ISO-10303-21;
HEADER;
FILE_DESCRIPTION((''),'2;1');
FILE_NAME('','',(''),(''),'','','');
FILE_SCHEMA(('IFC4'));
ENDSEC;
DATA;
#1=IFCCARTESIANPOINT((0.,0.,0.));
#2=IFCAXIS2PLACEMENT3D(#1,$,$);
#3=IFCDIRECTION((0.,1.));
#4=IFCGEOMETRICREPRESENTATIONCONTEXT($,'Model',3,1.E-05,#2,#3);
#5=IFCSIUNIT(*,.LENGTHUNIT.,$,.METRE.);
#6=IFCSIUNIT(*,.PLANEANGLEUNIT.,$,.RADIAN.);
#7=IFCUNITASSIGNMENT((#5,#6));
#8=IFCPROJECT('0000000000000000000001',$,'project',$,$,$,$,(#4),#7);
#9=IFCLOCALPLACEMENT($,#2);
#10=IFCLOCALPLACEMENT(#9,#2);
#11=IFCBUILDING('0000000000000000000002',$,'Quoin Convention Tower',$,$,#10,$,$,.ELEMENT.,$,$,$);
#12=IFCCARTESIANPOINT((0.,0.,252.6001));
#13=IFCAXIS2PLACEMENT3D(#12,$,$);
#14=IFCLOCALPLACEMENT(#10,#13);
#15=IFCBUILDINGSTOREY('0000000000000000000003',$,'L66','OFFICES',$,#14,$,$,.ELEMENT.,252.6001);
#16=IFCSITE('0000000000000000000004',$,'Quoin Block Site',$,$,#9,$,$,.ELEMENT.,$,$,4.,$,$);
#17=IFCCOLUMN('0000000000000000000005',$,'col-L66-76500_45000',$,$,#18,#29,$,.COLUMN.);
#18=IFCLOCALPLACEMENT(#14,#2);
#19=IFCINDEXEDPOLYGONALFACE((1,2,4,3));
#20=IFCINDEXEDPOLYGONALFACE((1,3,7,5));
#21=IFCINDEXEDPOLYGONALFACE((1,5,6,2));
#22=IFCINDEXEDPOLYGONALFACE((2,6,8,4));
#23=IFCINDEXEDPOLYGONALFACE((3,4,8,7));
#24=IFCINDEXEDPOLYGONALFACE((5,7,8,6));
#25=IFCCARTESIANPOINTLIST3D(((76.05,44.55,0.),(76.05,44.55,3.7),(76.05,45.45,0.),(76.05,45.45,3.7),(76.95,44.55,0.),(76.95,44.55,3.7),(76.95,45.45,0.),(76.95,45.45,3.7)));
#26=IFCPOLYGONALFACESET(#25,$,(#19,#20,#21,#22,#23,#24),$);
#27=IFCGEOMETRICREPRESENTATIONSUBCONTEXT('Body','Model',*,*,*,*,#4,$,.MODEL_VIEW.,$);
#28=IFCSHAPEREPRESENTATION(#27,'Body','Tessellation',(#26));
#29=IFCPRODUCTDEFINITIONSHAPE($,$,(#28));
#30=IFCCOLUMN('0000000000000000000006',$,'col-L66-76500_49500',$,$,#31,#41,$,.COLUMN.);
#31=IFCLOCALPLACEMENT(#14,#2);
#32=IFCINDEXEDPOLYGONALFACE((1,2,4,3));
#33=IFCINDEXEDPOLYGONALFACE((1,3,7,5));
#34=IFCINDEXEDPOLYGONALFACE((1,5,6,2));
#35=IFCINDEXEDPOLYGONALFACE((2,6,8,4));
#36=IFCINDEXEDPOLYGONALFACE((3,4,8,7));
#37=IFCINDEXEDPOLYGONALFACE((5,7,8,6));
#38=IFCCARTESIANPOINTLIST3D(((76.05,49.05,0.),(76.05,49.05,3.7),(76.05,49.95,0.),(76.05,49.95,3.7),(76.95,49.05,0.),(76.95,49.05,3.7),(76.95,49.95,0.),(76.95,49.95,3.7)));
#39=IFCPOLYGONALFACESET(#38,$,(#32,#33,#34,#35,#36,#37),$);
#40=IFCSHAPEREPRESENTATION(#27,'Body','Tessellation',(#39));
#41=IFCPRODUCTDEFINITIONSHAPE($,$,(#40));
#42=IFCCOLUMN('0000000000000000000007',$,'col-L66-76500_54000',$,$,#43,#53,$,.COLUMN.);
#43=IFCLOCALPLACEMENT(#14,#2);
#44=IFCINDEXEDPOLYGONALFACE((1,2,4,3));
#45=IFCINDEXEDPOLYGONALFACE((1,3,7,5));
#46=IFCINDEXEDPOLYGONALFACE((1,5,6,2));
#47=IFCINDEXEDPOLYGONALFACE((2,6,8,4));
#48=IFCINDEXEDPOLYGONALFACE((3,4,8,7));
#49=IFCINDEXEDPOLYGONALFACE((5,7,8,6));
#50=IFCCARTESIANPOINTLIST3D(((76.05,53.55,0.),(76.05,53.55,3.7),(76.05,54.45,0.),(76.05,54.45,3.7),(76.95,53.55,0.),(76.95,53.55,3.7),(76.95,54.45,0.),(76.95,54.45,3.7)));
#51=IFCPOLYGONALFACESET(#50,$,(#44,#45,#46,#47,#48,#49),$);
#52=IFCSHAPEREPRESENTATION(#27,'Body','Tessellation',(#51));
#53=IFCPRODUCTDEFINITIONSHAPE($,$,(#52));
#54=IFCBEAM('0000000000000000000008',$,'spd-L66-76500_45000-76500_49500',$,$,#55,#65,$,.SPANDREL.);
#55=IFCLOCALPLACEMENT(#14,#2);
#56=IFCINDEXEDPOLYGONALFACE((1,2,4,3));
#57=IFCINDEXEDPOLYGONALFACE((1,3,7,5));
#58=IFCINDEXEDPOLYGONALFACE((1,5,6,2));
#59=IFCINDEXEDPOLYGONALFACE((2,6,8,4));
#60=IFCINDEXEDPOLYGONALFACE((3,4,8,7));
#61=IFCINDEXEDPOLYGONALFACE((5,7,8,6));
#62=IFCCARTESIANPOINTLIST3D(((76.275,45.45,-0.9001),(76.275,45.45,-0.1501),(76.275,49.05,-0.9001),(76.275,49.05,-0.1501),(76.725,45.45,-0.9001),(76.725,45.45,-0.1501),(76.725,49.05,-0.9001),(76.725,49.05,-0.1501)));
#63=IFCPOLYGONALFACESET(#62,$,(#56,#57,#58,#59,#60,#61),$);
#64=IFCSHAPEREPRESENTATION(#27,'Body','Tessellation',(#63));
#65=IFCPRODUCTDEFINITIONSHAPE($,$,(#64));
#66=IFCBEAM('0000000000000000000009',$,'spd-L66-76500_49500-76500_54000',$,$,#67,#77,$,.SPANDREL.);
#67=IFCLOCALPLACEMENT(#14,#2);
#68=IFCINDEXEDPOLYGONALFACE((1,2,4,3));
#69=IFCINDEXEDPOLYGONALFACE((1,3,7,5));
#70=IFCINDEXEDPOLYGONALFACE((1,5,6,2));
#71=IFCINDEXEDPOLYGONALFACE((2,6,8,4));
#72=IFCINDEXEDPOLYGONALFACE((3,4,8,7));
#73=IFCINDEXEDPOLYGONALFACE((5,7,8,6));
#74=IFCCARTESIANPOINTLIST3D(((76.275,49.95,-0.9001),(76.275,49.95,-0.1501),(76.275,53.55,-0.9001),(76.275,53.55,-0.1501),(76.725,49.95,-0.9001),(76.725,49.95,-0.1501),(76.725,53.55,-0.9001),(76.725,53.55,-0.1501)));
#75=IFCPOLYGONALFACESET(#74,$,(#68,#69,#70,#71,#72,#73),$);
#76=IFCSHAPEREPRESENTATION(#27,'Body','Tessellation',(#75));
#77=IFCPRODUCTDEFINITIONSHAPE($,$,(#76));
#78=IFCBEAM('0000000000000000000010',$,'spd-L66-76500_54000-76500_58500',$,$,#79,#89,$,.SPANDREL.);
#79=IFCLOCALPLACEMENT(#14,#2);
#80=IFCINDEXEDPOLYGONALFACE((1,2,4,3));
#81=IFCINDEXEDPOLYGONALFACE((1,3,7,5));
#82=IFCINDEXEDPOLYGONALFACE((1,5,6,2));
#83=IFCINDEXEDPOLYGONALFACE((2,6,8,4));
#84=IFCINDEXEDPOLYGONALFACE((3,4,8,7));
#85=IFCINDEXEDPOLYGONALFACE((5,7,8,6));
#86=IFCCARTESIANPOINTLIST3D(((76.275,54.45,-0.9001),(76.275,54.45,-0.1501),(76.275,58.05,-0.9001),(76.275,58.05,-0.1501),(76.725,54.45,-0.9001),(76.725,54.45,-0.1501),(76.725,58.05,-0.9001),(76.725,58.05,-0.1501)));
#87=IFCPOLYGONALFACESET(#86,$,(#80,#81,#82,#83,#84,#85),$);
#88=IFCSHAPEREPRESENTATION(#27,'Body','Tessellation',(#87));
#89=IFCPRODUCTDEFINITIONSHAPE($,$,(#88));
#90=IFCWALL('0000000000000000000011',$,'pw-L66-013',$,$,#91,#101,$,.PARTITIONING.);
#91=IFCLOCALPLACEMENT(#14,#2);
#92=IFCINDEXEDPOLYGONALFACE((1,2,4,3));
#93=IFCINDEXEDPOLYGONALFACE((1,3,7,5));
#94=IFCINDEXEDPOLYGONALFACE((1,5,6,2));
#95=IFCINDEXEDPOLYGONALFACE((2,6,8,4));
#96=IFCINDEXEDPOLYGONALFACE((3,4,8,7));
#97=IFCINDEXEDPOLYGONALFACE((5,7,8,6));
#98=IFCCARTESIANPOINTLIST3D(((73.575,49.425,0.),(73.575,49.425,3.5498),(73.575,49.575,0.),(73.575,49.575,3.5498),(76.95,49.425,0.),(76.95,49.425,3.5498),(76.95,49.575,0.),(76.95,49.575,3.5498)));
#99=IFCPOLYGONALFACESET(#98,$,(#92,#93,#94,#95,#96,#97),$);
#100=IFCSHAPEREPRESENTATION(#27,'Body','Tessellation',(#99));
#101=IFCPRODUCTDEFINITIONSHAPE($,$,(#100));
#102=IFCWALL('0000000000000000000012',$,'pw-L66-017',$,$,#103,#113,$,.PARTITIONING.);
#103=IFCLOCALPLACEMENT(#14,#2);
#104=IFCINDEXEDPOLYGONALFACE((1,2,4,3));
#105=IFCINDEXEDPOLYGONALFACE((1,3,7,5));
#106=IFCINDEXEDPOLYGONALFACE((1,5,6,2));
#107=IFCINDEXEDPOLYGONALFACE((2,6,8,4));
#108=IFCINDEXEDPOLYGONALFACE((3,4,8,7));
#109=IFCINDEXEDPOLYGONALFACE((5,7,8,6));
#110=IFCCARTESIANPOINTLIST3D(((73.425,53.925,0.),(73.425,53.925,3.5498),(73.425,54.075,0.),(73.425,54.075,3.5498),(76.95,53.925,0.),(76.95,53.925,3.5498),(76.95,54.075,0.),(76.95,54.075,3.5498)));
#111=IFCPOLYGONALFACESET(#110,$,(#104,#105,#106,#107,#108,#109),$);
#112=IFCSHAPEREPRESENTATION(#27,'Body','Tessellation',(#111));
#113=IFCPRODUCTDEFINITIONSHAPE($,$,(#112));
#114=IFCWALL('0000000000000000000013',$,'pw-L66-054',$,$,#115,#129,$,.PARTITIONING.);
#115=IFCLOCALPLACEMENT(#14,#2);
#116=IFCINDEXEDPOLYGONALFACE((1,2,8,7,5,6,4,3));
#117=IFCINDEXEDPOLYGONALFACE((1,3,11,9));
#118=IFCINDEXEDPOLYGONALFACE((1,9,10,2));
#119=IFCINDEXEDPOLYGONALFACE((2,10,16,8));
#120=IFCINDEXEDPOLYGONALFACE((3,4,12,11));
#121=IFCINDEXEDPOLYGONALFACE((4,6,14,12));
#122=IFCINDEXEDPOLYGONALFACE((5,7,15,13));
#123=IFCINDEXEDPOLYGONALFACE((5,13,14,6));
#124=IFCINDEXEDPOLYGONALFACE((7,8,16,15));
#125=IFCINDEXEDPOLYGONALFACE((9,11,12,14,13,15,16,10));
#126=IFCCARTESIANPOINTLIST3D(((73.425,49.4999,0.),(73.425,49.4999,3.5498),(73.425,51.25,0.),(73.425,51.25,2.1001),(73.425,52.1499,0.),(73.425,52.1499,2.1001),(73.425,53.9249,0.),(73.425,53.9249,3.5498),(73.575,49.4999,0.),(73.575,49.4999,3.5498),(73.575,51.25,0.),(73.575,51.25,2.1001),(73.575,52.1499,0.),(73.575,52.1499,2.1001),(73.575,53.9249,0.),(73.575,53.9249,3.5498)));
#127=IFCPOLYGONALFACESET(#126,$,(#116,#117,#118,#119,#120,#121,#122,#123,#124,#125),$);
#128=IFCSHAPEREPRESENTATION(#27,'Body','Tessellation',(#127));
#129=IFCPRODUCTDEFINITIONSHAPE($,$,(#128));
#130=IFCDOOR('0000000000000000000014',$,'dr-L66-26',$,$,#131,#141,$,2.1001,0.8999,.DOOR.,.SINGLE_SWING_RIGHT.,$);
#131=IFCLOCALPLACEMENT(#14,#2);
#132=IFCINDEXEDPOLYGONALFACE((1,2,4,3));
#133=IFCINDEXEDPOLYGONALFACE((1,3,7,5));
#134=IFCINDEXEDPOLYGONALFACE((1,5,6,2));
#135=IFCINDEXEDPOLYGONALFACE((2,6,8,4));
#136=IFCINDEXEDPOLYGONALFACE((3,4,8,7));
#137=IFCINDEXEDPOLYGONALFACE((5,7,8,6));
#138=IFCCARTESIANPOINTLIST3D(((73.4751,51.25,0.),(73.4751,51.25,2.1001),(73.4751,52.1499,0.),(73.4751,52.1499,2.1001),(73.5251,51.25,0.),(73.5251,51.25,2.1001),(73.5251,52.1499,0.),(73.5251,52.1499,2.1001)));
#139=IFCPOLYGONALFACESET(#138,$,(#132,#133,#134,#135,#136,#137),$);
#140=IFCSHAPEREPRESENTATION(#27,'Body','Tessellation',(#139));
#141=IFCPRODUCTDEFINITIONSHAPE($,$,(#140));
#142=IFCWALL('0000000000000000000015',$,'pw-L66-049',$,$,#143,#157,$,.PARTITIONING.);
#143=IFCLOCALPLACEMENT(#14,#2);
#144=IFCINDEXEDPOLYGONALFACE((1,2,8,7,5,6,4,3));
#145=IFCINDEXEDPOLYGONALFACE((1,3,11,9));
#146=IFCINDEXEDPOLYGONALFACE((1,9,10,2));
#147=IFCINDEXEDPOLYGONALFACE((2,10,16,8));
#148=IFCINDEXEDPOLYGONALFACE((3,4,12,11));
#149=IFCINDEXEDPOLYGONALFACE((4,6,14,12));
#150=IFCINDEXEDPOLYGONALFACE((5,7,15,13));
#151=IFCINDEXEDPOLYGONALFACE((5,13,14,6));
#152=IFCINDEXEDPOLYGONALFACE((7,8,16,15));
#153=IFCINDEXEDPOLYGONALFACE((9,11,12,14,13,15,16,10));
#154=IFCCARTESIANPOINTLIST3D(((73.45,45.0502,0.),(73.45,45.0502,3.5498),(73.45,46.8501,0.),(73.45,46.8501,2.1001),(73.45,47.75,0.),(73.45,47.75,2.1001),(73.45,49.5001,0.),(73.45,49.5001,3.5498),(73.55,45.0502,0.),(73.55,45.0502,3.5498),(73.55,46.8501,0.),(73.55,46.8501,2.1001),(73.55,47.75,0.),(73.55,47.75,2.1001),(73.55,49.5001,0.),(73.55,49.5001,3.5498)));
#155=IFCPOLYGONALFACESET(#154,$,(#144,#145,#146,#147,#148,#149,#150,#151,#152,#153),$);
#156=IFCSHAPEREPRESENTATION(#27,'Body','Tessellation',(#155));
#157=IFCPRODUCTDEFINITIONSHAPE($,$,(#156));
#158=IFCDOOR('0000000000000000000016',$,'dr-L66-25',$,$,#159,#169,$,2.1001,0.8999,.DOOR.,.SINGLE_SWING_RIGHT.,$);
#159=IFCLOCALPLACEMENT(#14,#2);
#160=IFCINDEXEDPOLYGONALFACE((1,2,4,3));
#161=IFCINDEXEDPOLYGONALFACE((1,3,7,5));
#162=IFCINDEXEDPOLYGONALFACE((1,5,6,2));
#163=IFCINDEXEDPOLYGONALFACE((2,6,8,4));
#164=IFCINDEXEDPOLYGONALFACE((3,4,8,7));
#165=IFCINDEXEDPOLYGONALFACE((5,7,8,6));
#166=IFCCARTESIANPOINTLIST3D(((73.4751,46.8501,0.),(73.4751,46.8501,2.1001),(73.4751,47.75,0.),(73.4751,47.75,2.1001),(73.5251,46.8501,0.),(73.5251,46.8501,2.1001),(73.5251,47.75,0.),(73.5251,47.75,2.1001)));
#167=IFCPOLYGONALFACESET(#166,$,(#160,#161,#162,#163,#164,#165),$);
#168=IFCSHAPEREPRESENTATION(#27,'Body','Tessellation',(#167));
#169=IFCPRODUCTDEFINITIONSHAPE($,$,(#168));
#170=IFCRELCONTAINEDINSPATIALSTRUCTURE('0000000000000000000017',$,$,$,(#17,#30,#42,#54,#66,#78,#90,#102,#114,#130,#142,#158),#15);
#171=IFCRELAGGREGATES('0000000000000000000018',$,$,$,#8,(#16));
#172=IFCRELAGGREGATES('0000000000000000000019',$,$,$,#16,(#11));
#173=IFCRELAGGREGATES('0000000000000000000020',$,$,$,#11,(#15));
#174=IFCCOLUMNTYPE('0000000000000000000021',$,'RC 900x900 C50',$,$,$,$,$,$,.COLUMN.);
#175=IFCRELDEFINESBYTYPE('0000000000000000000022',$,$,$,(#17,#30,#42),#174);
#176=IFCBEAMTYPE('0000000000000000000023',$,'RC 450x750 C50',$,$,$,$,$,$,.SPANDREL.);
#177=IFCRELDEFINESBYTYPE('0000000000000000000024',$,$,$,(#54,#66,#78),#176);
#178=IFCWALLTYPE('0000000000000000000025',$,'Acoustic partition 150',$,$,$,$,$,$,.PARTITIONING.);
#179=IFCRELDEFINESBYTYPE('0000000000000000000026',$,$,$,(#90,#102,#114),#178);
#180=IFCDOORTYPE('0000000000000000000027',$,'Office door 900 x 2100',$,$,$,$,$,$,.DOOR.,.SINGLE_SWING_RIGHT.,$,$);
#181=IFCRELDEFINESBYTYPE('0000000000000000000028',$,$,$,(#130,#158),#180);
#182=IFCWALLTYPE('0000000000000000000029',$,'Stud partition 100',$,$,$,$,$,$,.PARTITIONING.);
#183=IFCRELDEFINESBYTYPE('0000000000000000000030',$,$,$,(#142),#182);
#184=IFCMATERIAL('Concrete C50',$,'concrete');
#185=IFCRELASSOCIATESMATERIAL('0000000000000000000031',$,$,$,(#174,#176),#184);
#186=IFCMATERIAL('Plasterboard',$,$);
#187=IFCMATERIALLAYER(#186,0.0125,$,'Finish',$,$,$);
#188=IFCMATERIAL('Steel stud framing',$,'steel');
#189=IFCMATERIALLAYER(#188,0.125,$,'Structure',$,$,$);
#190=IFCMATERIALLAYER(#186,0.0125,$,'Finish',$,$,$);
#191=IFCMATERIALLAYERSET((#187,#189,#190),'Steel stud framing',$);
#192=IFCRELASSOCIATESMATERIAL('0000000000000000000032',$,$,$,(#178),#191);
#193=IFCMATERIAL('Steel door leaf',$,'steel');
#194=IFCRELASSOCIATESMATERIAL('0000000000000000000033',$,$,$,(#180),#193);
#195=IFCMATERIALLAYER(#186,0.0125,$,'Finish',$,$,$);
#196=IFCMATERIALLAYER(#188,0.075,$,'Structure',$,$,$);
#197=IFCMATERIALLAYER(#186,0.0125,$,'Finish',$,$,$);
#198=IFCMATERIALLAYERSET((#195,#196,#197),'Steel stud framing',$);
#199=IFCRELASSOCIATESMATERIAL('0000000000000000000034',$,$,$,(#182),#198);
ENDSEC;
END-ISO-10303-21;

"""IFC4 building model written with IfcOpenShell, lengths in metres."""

from ifc_helpers import new_model, si_unit, direction, frame, frame_2d, origin, origin_2d, place, context, subcontext, project, spatial, rectangle, extrude, material, layer, layer_set, material_profile, profile_set, type_object, element, fill, save


model = new_model("IFC4")

# Units and contexts
model_context = context("Model", 3, precision=1e-05, world=origin(), true_north=direction((0.0, 1.0)))
body_context = subcontext(model_context, "Body", "Model", "MODEL_VIEW")
ifc_project = project(units=[si_unit("LENGTHUNIT", "METRE"), si_unit("PLANEANGLEUNIT", "RADIAN")], contexts=[model_context])

# Site, building, storey
site_placement = place(None, origin())
site = spatial("IfcSite", under=ifc_project, at=site_placement, Name="Quoin Block Site", CompositionType="ELEMENT", RefElevation=4.0)
building_placement = place(site_placement, origin())
building = spatial("IfcBuilding", under=site, at=building_placement, Name="Quoin Convention Tower", CompositionType="ELEMENT")
storey_placement = place(building_placement, frame((0.0, 0.0, 252.6001)))
storey = spatial("IfcBuildingStorey", under=building, at=storey_placement, Name="L66", Description="OFFICES", CompositionType="ELEMENT", Elevation=252.6001)

# Columns
ifc_material_1 = material(Name="Concrete C50", Category="concrete")
ifc_material_profile_1 = material_profile(ifc_material_1, rectangle(XDim=0.8999, YDim=0.8999, at=origin_2d()), Name="RC 900x900")
ifc_profile_set_1 = profile_set([ifc_material_profile_1], Name="Concrete C50")
column_type = type_object("IfcColumnType", Name="RC 900x900 C50", PredefinedType="COLUMN", material=ifc_profile_set_1)
for number, where, z_axis, x_axis, name in (
    (1, (76.5, 45.0, 0.0), (0.0, 0.0, 1.0), (1.0, 0.0, 0.0), "col-L66-76500_45000"),
    (2, (76.5, 49.5, 0.0), (0.0, 0.0, 1.0), (1.0, 0.0, 0.0), "col-L66-76500_49500"),
    (3, (76.5, 54.0, 0.0), (0.0, 0.0, 1.0), (1.0, 0.0, 0.0), "col-L66-76500_54000"),
):
    element("IfcColumn", number, at=place(storey_placement, frame(where, z_axis=z_axis, x_axis=x_axis)), inside=storey, type_object=column_type, Name=name, PredefinedType="COLUMN", context=body_context, shape_type="SweptSolid", body=[
        extrude(rectangle(XDim=0.8999, YDim=0.8999, at=origin_2d()), origin(), (0.0, 0.0, 1.0), 3.7),
    ])

# Beams
ifc_material_profile_2 = material_profile(ifc_material_1, rectangle(XDim=0.45, YDim=0.75, at=origin_2d()), Name="RC 450x750")
ifc_profile_set_2 = profile_set([ifc_material_profile_2], Name="Concrete C50")
beam_type = type_object("IfcBeamType", Name="RC 450x750 C50", PredefinedType="SPANDREL", material=ifc_profile_set_2)
for number, where, z_axis, x_axis, name in (
    (4, (76.5, 45.45, -0.5251), (0.0, 1.0, 0.0), (-1.0, 0.0, 0.0), "spd-L66-76500_45000-76500_49500"),
    (5, (76.5, 49.95, -0.5251), (0.0, 1.0, 0.0), (-1.0, 0.0, 0.0), "spd-L66-76500_49500-76500_54000"),
    (6, (76.5, 54.45, -0.5251), (0.0, 1.0, 0.0), (-1.0, 0.0, 0.0), "spd-L66-76500_54000-76500_58500"),
):
    element("IfcBeam", number, at=place(storey_placement, frame(where, z_axis=z_axis, x_axis=x_axis)), inside=storey, type_object=beam_type, Name=name, PredefinedType="SPANDREL", context=body_context, shape_type="SweptSolid", body=[
        extrude(rectangle(XDim=0.45, YDim=0.75, at=origin_2d()), origin(), (0.0, 0.0, 1.0), 3.6001),
    ])

# Walls
ifc_material_2 = material(Name="Plasterboard")
ifc_layer_1 = layer(ifc_material_2, 0.0125, Name="Finish")
ifc_material_3 = material(Name="Steel stud framing", Category="steel")
ifc_layer_2 = layer(ifc_material_3, 0.125, Name="Structure")
ifc_layer_3 = layer(ifc_material_2, 0.0125, Name="Finish")
ifc_layer_set_1 = layer_set([ifc_layer_1, ifc_layer_2, ifc_layer_3], Name="Steel stud framing")
wall_type_1 = type_object("IfcWallType", Name="Acoustic partition 150", PredefinedType="PARTITIONING", material=ifc_layer_set_1)
wall_1_placement = place(storey_placement, frame((73.575, 49.5, 0.0), z_axis=(0.0, 0.0, 1.0), x_axis=(1.0, 0.0, 0.0)))
element("IfcWall", 7, at=wall_1_placement, inside=storey, type_object=wall_type_1, Name="pw-L66-013", PredefinedType="PARTITIONING", context=body_context, shape_type="SweptSolid", body=[
    extrude(rectangle(XDim=3.375, YDim=0.1499, at=frame_2d((1.6875, 0.0))), origin(), (0.0, 0.0, 1.0), 3.5498),
])
wall_2_placement = place(storey_placement, frame((73.425, 54.0, 0.0), z_axis=(0.0, 0.0, 1.0), x_axis=(1.0, 0.0, 0.0)))
element("IfcWall", 8, at=wall_2_placement, inside=storey, type_object=wall_type_1, Name="pw-L66-017", PredefinedType="PARTITIONING", context=body_context, shape_type="SweptSolid", body=[
    extrude(rectangle(XDim=3.5249, YDim=0.1499, at=frame_2d((1.7625, 0.0))), origin(), (0.0, 0.0, 1.0), 3.5498),
])

# Walls, openings, doors
wall_3_placement = place(storey_placement, frame((73.5, 49.5, 0.0), z_axis=(0.0, 0.0, 1.0), x_axis=(0.0, 1.0, 0.0)))
wall_3 = element("IfcWall", 9, at=wall_3_placement, inside=storey, type_object=wall_type_1, Name="pw-L66-054", PredefinedType="PARTITIONING", context=body_context, shape_type="SweptSolid", body=[
    extrude(rectangle(XDim=4.425, YDim=0.1499, at=frame_2d((2.2124, 0.0))), origin(), (0.0, 0.0, 1.0), 3.5498),
])
opening_1_placement = place(wall_3_placement, frame((1.75, 0.0, 0.0)))
opening_1 = element("IfcOpeningElement", 10, at=opening_1_placement, cuts=wall_3, PredefinedType="OPENING", context=body_context, shape_type="SweptSolid", body=[
    extrude(rectangle(XDim=0.8999, YDim=2.1001, at=frame_2d((0.45, 1.05))), frame((0.0, 0.085, 0.0), z_axis=(0.0, -1.0, 0.0), x_axis=(1.0, 0.0, 0.0)), (0.0, 0.0, 1.0), 0.1699),
])
ifc_material_4 = material(Name="Steel door leaf", Category="steel")
door_type = type_object("IfcDoorType", Name="Office door 900 x 2100", OperationType="SINGLE_SWING_RIGHT", PredefinedType="DOOR", material=ifc_material_4)
door_1_placement = place(opening_1_placement, origin())
door_1 = element("IfcDoor", 11, at=door_1_placement, inside=storey, type_object=door_type, Name="dr-L66-26", OperationType="SINGLE_SWING_RIGHT", OverallHeight=2.1001, OverallWidth=0.8999, PredefinedType="DOOR", context=body_context, shape_type="SweptSolid", body=[
    extrude(rectangle(XDim=0.8999, YDim=2.1001, at=frame_2d((0.45, 1.05))), frame((0.0, 0.0249, 0.0), z_axis=(0.0, -1.0, 0.0), x_axis=(1.0, 0.0, 0.0)), (0.0, 0.0, 1.0), 0.05),
])
fill(opening_1, door_1)
ifc_layer_4 = layer(ifc_material_2, 0.0125, Name="Finish")
ifc_layer_5 = layer(ifc_material_3, 0.075, Name="Structure")
ifc_layer_6 = layer(ifc_material_2, 0.0125, Name="Finish")
ifc_layer_set_2 = layer_set([ifc_layer_4, ifc_layer_5, ifc_layer_6], Name="Steel stud framing")
wall_type_2 = type_object("IfcWallType", Name="Stud partition 100", PredefinedType="PARTITIONING", material=ifc_layer_set_2)
wall_4_placement = place(storey_placement, frame((73.5, 45.05, 0.0), z_axis=(0.0, 0.0, 1.0), x_axis=(0.0, 1.0, 0.0)))
wall_4 = element("IfcWall", 12, at=wall_4_placement, inside=storey, type_object=wall_type_2, Name="pw-L66-049", PredefinedType="PARTITIONING", context=body_context, shape_type="SweptSolid", body=[
    extrude(rectangle(XDim=4.45, YDim=0.1001, at=frame_2d((2.2251, 0.0))), origin(), (0.0, 0.0, 1.0), 3.5498),
])
opening_2_placement = place(wall_4_placement, frame((1.8, 0.0, 0.0)))
opening_2 = element("IfcOpeningElement", 13, at=opening_2_placement, cuts=wall_4, PredefinedType="OPENING", context=body_context, shape_type="SweptSolid", body=[
    extrude(rectangle(XDim=0.8999, YDim=2.1001, at=frame_2d((0.45, 1.05))), frame((0.0, 0.0601, 0.0), z_axis=(0.0, -1.0, 0.0), x_axis=(1.0, 0.0, 0.0)), (0.0, 0.0, 1.0), 0.1201),
])
door_2_placement = place(opening_2_placement, origin())
door_2 = element("IfcDoor", 14, at=door_2_placement, inside=storey, type_object=door_type, Name="dr-L66-25", OperationType="SINGLE_SWING_RIGHT", OverallHeight=2.1001, OverallWidth=0.8999, PredefinedType="DOOR", context=body_context, shape_type="SweptSolid", body=[
    extrude(rectangle(XDim=0.8999, YDim=2.1001, at=frame_2d((0.45, 1.05))), frame((0.0, 0.0249, 0.0), z_axis=(0.0, -1.0, 0.0), x_axis=(1.0, 0.0, 0.0)), (0.0, 0.0, 1.0), 0.05),
])
fill(opening_2, door_2)

save(model, "model.ifc")
